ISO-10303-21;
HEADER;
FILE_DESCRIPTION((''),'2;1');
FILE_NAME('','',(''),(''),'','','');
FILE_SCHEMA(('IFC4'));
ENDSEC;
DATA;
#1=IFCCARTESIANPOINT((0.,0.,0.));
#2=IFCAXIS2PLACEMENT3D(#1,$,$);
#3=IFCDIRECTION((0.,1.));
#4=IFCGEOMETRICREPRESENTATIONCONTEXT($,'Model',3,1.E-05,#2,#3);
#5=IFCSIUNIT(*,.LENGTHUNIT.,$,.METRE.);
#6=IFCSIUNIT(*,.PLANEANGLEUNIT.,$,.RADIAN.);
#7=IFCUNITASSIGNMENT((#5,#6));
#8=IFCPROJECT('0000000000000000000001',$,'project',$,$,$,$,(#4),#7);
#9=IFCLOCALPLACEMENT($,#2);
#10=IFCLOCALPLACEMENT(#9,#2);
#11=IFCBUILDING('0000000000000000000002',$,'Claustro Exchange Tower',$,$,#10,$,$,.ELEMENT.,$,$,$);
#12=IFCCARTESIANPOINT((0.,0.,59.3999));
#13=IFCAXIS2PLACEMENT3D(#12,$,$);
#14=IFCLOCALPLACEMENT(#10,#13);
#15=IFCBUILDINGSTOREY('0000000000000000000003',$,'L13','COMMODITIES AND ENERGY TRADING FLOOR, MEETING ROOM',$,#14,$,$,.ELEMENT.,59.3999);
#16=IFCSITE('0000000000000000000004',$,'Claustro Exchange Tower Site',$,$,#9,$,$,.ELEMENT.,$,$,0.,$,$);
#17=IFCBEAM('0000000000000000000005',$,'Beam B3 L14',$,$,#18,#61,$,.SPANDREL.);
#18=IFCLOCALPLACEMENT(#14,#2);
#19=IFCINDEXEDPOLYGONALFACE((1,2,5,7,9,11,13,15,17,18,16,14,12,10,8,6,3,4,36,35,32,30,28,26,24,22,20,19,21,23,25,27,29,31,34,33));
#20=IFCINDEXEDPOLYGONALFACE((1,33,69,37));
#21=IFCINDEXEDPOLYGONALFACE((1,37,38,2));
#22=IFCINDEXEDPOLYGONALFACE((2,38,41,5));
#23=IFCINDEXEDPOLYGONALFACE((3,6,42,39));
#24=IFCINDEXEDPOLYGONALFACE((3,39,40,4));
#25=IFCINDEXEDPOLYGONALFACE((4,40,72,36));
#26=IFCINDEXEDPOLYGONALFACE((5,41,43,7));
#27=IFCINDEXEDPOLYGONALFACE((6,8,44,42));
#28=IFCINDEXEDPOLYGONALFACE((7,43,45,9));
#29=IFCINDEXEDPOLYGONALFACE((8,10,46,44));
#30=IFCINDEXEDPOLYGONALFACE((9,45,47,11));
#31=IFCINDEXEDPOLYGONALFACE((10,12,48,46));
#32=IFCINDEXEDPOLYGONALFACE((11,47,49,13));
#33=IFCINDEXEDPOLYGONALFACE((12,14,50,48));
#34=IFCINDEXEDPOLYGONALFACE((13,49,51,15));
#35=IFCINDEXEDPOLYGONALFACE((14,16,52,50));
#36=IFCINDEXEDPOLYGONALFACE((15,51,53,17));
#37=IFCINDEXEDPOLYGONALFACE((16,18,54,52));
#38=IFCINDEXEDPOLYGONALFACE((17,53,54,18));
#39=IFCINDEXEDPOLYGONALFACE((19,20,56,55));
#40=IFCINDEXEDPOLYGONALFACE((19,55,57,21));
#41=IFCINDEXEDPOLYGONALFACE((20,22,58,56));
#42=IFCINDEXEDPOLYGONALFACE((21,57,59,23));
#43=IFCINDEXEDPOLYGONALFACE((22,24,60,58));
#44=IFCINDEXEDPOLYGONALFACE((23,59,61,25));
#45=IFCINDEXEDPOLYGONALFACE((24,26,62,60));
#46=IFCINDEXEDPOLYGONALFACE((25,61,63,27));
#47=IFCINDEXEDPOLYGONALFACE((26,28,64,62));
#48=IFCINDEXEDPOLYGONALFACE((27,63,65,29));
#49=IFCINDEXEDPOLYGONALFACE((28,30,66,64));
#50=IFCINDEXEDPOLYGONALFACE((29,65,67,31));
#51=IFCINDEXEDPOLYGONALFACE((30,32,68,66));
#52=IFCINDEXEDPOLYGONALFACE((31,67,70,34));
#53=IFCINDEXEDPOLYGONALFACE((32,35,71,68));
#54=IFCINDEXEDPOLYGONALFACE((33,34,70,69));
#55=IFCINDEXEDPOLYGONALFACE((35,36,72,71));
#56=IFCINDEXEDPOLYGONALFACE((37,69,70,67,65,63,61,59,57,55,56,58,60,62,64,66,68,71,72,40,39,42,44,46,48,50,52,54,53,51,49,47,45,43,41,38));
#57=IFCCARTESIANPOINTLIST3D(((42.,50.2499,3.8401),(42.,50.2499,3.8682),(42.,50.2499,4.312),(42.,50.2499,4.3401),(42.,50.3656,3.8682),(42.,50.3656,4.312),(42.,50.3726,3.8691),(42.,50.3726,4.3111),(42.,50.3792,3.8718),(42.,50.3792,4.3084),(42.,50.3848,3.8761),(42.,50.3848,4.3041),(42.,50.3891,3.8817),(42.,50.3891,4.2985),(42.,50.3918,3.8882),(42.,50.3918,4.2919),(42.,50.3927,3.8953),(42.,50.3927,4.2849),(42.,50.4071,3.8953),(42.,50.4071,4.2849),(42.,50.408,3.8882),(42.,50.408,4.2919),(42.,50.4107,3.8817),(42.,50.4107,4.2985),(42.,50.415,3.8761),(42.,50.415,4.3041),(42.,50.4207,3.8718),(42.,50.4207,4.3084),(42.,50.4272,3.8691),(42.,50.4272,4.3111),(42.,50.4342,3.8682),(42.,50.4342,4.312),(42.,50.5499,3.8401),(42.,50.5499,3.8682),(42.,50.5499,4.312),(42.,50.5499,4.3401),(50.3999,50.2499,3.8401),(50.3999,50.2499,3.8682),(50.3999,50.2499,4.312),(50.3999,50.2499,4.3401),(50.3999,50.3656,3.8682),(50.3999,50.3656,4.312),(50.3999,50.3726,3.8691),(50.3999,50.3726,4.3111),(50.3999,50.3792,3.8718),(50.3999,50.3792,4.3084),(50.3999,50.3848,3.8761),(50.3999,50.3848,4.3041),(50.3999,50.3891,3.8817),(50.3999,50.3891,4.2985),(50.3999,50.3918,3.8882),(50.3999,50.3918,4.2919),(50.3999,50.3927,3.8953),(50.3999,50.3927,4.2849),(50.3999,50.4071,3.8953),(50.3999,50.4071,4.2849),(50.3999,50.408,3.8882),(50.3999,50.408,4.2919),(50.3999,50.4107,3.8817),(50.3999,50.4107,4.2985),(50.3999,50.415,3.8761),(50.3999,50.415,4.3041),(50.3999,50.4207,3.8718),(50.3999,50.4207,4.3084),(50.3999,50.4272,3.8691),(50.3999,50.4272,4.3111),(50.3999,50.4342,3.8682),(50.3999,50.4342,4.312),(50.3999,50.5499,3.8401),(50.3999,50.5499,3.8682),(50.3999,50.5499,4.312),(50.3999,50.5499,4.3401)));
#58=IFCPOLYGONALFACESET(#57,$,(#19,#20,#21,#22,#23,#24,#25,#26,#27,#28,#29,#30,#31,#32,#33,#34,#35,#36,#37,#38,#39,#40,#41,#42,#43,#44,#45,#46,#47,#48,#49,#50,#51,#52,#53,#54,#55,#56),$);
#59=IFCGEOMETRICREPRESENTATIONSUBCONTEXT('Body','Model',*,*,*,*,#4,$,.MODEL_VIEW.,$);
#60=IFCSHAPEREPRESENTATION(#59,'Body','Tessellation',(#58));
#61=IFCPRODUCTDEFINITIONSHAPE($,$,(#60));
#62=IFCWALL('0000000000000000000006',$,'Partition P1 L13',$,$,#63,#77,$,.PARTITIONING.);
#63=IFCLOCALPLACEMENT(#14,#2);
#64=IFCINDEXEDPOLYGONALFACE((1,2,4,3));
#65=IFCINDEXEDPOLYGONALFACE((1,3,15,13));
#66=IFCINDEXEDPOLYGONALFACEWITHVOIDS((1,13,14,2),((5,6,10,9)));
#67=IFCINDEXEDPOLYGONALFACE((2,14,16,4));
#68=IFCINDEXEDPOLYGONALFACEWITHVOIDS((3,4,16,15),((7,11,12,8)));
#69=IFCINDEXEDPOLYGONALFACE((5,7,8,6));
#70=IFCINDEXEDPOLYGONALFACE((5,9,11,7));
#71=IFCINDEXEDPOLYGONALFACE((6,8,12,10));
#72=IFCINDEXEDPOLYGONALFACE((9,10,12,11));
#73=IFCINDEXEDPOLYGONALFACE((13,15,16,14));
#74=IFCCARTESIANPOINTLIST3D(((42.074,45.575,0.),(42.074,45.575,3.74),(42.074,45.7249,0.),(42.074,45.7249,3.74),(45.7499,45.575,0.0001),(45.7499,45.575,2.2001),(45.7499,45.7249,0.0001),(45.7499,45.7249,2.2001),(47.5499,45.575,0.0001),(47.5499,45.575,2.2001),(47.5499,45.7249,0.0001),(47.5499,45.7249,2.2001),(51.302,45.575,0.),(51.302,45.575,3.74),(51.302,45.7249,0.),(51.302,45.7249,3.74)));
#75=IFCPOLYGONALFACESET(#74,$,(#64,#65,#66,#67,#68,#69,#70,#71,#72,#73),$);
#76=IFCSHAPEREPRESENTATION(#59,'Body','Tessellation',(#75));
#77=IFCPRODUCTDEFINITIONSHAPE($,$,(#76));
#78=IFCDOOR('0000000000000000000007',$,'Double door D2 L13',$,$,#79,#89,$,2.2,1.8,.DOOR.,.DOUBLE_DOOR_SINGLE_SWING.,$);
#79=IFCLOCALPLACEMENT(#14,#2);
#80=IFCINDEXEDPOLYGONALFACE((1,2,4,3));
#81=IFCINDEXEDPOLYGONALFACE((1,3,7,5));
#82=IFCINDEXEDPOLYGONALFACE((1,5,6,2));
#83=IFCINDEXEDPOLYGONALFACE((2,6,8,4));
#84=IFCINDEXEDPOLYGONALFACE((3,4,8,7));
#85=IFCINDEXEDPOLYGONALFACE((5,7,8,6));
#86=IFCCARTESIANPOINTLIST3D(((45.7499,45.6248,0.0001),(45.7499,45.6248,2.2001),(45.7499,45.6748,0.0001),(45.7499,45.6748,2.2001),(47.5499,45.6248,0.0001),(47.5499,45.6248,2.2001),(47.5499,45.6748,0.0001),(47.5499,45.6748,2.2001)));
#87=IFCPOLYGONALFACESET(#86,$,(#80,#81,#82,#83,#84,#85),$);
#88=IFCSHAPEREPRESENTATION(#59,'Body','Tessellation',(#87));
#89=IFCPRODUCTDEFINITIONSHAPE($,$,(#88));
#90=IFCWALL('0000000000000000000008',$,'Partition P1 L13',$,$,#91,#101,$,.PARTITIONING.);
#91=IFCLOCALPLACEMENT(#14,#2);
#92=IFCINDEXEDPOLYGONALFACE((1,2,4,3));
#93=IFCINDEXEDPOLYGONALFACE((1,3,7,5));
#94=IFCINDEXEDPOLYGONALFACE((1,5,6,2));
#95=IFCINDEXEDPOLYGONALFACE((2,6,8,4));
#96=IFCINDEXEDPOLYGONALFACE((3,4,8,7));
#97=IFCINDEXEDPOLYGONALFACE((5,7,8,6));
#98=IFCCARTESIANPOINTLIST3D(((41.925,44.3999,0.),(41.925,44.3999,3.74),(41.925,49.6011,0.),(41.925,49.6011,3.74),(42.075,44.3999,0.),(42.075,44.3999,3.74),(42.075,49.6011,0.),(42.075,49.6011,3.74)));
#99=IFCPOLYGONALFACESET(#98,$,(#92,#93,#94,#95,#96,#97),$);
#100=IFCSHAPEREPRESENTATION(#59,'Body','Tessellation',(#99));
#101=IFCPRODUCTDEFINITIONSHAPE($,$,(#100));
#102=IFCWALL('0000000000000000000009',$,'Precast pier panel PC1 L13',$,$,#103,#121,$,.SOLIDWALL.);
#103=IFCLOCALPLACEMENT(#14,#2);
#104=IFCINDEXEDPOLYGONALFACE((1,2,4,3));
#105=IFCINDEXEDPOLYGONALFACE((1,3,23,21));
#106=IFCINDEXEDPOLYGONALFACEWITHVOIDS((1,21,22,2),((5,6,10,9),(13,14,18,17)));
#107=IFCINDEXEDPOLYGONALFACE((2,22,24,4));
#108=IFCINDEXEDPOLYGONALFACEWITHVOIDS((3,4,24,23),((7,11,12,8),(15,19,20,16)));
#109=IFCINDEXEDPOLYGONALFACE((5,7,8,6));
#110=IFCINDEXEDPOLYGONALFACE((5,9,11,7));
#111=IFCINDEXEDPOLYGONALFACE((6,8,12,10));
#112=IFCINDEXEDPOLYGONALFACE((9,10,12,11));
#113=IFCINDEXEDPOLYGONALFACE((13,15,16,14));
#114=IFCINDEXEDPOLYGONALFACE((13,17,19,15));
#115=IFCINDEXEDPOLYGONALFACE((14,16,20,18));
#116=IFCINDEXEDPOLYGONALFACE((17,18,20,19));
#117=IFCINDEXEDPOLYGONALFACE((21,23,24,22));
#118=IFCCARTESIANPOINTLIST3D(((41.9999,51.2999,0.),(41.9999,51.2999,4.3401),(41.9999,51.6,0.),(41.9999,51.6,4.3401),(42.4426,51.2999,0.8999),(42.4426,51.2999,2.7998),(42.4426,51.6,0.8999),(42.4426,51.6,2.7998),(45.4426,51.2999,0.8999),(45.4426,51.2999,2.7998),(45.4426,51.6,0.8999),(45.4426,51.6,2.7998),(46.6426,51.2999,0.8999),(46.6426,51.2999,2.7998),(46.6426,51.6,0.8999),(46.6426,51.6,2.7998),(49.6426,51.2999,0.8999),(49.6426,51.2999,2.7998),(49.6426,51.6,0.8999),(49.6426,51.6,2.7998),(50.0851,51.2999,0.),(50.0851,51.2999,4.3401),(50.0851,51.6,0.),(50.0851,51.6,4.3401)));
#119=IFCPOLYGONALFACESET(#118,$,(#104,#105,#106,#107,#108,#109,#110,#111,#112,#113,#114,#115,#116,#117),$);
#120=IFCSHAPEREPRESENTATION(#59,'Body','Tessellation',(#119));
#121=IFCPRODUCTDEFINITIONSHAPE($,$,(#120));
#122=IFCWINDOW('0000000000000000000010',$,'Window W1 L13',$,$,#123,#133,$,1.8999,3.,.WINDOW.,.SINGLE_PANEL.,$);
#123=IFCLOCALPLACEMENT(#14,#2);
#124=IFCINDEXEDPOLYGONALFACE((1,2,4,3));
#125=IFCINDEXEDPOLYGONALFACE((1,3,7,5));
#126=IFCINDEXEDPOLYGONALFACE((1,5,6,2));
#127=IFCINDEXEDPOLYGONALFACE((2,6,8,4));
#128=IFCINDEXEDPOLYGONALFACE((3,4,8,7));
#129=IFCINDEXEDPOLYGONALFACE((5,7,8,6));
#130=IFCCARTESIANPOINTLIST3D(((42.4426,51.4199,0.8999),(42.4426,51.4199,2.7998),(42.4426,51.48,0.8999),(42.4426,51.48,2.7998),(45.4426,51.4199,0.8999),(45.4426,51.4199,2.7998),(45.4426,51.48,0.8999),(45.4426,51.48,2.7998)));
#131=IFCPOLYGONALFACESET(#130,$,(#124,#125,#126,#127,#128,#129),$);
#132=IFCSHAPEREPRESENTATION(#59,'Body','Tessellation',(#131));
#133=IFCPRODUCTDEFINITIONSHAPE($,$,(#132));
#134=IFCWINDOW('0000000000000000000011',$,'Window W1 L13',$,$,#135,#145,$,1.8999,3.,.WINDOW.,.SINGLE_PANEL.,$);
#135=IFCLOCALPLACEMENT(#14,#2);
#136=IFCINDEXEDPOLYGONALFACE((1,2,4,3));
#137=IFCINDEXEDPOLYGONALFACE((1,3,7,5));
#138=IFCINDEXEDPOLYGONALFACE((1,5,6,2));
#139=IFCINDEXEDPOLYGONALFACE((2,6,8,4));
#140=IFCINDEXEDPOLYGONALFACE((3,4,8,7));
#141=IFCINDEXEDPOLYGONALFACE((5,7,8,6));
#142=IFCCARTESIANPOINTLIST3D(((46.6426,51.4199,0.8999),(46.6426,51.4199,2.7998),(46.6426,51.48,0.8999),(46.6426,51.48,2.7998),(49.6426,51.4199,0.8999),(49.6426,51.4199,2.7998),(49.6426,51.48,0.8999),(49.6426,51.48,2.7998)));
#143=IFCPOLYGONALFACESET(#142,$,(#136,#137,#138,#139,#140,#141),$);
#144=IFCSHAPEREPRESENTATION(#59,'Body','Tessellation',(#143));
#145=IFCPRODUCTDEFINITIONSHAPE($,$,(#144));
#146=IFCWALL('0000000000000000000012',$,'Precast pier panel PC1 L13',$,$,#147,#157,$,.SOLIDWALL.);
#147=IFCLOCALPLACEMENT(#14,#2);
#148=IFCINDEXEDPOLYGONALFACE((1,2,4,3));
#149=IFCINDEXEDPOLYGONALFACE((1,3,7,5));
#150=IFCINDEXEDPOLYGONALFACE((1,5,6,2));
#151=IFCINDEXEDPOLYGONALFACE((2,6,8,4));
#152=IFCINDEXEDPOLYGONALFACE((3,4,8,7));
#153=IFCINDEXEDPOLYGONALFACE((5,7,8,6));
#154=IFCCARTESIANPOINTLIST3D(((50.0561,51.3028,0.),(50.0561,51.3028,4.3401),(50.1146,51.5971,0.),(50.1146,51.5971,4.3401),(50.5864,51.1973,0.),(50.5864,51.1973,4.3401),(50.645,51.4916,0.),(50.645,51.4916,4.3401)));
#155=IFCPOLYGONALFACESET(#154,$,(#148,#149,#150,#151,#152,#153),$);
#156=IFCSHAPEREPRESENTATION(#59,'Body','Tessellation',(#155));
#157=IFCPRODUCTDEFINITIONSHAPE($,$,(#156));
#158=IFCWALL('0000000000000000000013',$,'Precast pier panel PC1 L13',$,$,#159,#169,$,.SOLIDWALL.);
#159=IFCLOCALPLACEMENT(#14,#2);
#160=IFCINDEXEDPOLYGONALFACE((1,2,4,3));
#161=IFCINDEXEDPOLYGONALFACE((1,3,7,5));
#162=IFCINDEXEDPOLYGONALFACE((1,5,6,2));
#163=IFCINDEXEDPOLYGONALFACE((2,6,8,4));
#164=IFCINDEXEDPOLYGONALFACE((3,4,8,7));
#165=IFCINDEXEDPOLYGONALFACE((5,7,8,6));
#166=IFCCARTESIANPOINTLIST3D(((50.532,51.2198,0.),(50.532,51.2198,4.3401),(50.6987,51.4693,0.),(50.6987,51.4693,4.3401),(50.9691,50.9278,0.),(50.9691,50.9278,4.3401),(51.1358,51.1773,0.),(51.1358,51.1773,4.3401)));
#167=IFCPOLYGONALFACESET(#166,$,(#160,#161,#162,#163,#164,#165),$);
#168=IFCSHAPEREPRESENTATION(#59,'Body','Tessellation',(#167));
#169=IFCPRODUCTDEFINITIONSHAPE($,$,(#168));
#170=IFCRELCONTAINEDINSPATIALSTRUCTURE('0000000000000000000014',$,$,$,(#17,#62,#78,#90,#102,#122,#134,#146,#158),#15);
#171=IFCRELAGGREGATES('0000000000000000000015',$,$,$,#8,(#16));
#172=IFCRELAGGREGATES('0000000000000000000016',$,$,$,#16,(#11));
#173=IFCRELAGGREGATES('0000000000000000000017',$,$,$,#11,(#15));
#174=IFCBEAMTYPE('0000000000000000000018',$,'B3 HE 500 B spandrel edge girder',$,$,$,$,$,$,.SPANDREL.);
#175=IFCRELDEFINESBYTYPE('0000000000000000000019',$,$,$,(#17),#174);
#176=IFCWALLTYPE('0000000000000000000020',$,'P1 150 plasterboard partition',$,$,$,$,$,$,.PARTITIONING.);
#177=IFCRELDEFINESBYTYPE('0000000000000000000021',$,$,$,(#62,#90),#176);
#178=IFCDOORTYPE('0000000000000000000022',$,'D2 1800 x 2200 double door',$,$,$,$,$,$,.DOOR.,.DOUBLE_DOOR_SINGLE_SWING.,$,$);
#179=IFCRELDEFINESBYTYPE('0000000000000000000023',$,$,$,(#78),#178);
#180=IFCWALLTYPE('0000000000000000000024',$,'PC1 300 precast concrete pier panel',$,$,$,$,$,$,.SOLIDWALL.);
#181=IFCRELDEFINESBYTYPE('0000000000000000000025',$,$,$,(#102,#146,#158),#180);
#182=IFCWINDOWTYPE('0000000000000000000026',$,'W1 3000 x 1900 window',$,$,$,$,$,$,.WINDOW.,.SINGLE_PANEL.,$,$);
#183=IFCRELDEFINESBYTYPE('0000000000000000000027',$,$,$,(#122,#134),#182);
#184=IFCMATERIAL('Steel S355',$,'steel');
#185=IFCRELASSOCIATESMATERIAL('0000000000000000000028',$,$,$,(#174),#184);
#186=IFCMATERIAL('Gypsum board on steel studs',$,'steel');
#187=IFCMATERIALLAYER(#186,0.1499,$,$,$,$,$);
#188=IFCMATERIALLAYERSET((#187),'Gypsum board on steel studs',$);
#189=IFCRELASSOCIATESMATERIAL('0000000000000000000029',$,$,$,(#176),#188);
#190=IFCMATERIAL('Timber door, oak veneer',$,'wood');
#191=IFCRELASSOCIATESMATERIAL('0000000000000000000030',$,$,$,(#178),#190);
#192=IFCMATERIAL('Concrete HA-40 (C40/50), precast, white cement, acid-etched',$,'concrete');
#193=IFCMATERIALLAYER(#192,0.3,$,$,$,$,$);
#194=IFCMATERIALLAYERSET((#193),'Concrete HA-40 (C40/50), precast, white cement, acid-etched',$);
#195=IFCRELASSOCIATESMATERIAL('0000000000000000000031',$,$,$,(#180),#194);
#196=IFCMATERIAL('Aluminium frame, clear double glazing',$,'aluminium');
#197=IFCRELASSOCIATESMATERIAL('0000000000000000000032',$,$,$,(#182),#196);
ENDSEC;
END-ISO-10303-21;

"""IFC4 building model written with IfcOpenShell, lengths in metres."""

from ifc_helpers import new_model, si_unit, direction, frame, frame_2d, origin, origin_2d, place, context, subcontext, project, spatial, rectangle, i_section, extrude, material, layer, layer_set, material_profile, profile_set, type_object, element, fill, save


model = new_model("IFC4")

# Units and contexts
model_context = context("Model", 3, precision=1e-05, world=origin(), true_north=direction((0.0, 1.0)))
body_context = subcontext(model_context, "Body", "Model", "MODEL_VIEW")
ifc_project = project(units=[si_unit("LENGTHUNIT", "METRE"), si_unit("PLANEANGLEUNIT", "RADIAN")], contexts=[model_context])

# Site, building, storey
site_placement = place(None, origin())
site = spatial("IfcSite", under=ifc_project, at=site_placement, Name="Claustro Exchange Tower Site", CompositionType="ELEMENT", RefElevation=0.0)
building_placement = place(site_placement, origin())
building = spatial("IfcBuilding", under=site, at=building_placement, Name="Claustro Exchange Tower", CompositionType="ELEMENT")
storey_placement = place(building_placement, frame((0.0, 0.0, 59.3999)))
storey = spatial("IfcBuildingStorey", under=building, at=storey_placement, Name="L13", Description="COMMODITIES AND ENERGY TRADING FLOOR, MEETING ROOM", CompositionType="ELEMENT", Elevation=59.3999)

# Beam
ifc_material_1 = material(Name="Steel S355", Category="steel")
ifc_material_profile_1 = material_profile(ifc_material_1, i_section(OverallWidth=0.3, OverallDepth=0.5, WebThickness=0.0144, FlangeThickness=0.0281, FilletRadius=0.0271, at=origin_2d()), Name="HE 500 B")
ifc_profile_set_1 = profile_set([ifc_material_profile_1], Name="Steel S355")
beam_type_1 = type_object("IfcBeamType", Name="B3 HE 500 B spandrel edge girder", PredefinedType="SPANDREL", material=ifc_profile_set_1)
for number, where, z_axis, x_axis, name in (
    (1, (42.0, 50.3999, 4.0901), (1.0, 0.0, 0.0), (0.0, 1.0, 0.0), "Beam B3 L14"),
):
    element("IfcBeam", number, at=place(storey_placement, frame(where, z_axis=z_axis, x_axis=x_axis)), inside=storey, type_object=beam_type_1, Name=name, PredefinedType="SPANDREL", context=body_context, shape_type="SweptSolid", body=[
        extrude(i_section(OverallWidth=0.3, OverallDepth=0.5, WebThickness=0.0144, FlangeThickness=0.0281, FilletRadius=0.0271, at=origin_2d()), origin(), (0.0, 0.0, 1.0), 8.3999),
    ])

# Wall, opening, door
ifc_material_2 = material(Name="Gypsum board on steel studs", Category="steel")
ifc_layer_1 = layer(ifc_material_2, 0.1499)
ifc_layer_set_1 = layer_set([ifc_layer_1], Name="Gypsum board on steel studs")
wall_type_1 = type_object("IfcWallType", Name="P1 150 plasterboard partition", PredefinedType="PARTITIONING", material=ifc_layer_set_1)
wall_1_placement = place(storey_placement, frame((42.074, 45.6499, 0.0), z_axis=(0.0, 0.0, 1.0), x_axis=(1.0, 0.0, 0.0)))
wall_1 = element("IfcWall", 2, at=wall_1_placement, inside=storey, type_object=wall_type_1, Name="Partition P1 L13", PredefinedType="PARTITIONING", context=body_context, shape_type="SweptSolid", body=[
    extrude(rectangle(XDim=9.228, YDim=0.1499, at=frame_2d((4.614, 0.0))), origin(), (0.0, 0.0, 1.0), 3.74),
])
opening_1_placement = place(wall_1_placement, frame((3.676, 0.0, 0.0)))
opening_1 = element("IfcOpeningElement", 3, at=opening_1_placement, cuts=wall_1, PredefinedType="OPENING", context=body_context, shape_type="SweptSolid", body=[
    extrude(rectangle(XDim=1.8, YDim=2.2, at=frame_2d((0.8999, 1.1001))), frame((0.0, 0.085, 0.0), z_axis=(0.0, -1.0, 0.0), x_axis=(1.0, 0.0, 0.0)), (0.0, 0.0, 1.0), 0.1699),
])
ifc_material_3 = material(Name="Timber door, oak veneer", Category="wood")
door_type = type_object("IfcDoorType", Name="D2 1800 x 2200 double door", OperationType="DOUBLE_DOOR_SINGLE_SWING", PredefinedType="DOOR", material=ifc_material_3)
door_placement = place(opening_1_placement, origin())
door = element("IfcDoor", 4, at=door_placement, inside=storey, type_object=door_type, Name="Double door D2 L13", OperationType="DOUBLE_DOOR_SINGLE_SWING", OverallHeight=2.2, OverallWidth=1.8, PredefinedType="DOOR", context=body_context, shape_type="SweptSolid", body=[
    extrude(rectangle(XDim=1.8, YDim=2.2, at=frame_2d((0.8999, 1.1001))), frame((0.0, 0.0249, 0.0), z_axis=(0.0, -1.0, 0.0), x_axis=(1.0, 0.0, 0.0)), (0.0, 0.0, 1.0), 0.05),
])
fill(opening_1, door)

# Wall
wall_2_placement = place(storey_placement, frame((42.0, 44.3999, 0.0), z_axis=(0.0, 0.0, 1.0), x_axis=(0.0, 1.0, 0.0)))
element("IfcWall", 5, at=wall_2_placement, inside=storey, type_object=wall_type_1, Name="Partition P1 L13", PredefinedType="PARTITIONING", context=body_context, shape_type="SweptSolid", body=[
    extrude(rectangle(XDim=5.2012, YDim=0.1499, at=frame_2d((2.6006, 0.0))), origin(), (0.0, 0.0, 1.0), 3.74),
])

# Wall, openings, windows
ifc_material_4 = material(Name="Concrete HA-40 (C40/50), precast, white cement, acid-etched", Category="concrete")
ifc_layer_2 = layer(ifc_material_4, 0.3)
ifc_layer_set_2 = layer_set([ifc_layer_2], Name="Concrete HA-40 (C40/50), precast, white cement, acid-etched")
wall_type_2 = type_object("IfcWallType", Name="PC1 300 precast concrete pier panel", PredefinedType="SOLIDWALL", material=ifc_layer_set_2)
wall_3_placement = place(storey_placement, frame((42.0, 51.45, 0.0), z_axis=(0.0, 0.0, 1.0), x_axis=(1.0, 0.0, 0.0)))
wall_3 = element("IfcWall", 6, at=wall_3_placement, inside=storey, type_object=wall_type_2, Name="Precast pier panel PC1 L13", PredefinedType="SOLIDWALL", context=body_context, shape_type="SweptSolid", body=[
    extrude(rectangle(XDim=8.0852, YDim=0.3, at=frame_2d((4.0425, 0.0))), origin(), (0.0, 0.0, 1.0), 4.3401),
])
opening_2_placement = place(wall_3_placement, frame((0.4426, 0.0, 0.8999)))
opening_2 = element("IfcOpeningElement", 7, at=opening_2_placement, cuts=wall_3, PredefinedType="OPENING", context=body_context, shape_type="SweptSolid", body=[
    extrude(rectangle(XDim=3.0, YDim=1.8999, at=frame_2d((1.5, 0.95))), frame((0.0, 0.1599, 0.0), z_axis=(0.0, -1.0, 0.0), x_axis=(1.0, 0.0, 0.0)), (0.0, 0.0, 1.0), 0.3201),
])
opening_3_placement = place(wall_3_placement, frame((4.6426, 0.0, 0.8999)))
opening_3 = element("IfcOpeningElement", 8, at=opening_3_placement, cuts=wall_3, PredefinedType="OPENING", context=body_context, shape_type="SweptSolid", body=[
    extrude(rectangle(XDim=3.0, YDim=1.8999, at=frame_2d((1.5, 0.95))), frame((0.0, 0.1599, 0.0), z_axis=(0.0, -1.0, 0.0), x_axis=(1.0, 0.0, 0.0)), (0.0, 0.0, 1.0), 0.3201),
])
ifc_material_5 = material(Name="Aluminium frame, clear double glazing", Category="aluminium")
window_type_1 = type_object("IfcWindowType", Name="W1 3000 x 1900 window", PartitioningType="SINGLE_PANEL", PredefinedType="WINDOW", material=ifc_material_5)
window_1_placement = place(opening_2_placement, origin())
window_1 = element("IfcWindow", 9, at=window_1_placement, inside=storey, type_object=window_type_1, Name="Window W1 L13", OverallHeight=1.8999, OverallWidth=3.0, PartitioningType="SINGLE_PANEL", PredefinedType="WINDOW", context=body_context, shape_type="SweptSolid", body=[
    extrude(rectangle(XDim=3.0, YDim=1.8999, at=frame_2d((1.5, 0.95))), frame((0.0, 0.03, 0.0), z_axis=(0.0, -1.0, 0.0), x_axis=(1.0, 0.0, 0.0)), (0.0, 0.0, 1.0), 0.0601),
])
fill(opening_2, window_1)
window_2_placement = place(opening_3_placement, origin())
window_2 = element("IfcWindow", 10, at=window_2_placement, inside=storey, type_object=window_type_1, Name="Window W1 L13", OverallHeight=1.8999, OverallWidth=3.0, PartitioningType="SINGLE_PANEL", PredefinedType="WINDOW", context=body_context, shape_type="SweptSolid", body=[
    extrude(rectangle(XDim=3.0, YDim=1.8999, at=frame_2d((1.5, 0.95))), frame((0.0, 0.03, 0.0), z_axis=(0.0, -1.0, 0.0), x_axis=(1.0, 0.0, 0.0)), (0.0, 0.0, 1.0), 0.0601),
])
fill(opening_3, window_2)

# Walls
wall_4_placement = place(storey_placement, frame((50.0852, 51.45, 0.0), z_axis=(0.0, 0.0, 1.0), x_axis=(0.980789, -0.195074, 0.0)))
element("IfcWall", 11, at=wall_4_placement, inside=storey, type_object=wall_type_2, Name="Precast pier panel PC1 L13", PredefinedType="SOLIDWALL", context=body_context, shape_type="SweptSolid", body=[
    extrude(rectangle(XDim=0.5408, YDim=0.3, at=frame_2d((0.2705, 0.0))), origin(), (0.0, 0.0, 1.0), 4.3401),
])
for number, where, z_axis, x_axis, name in (
    (12, (50.6155, 51.3445, 0.0), (0.0, 0.0, 1.0), (0.831478, -0.555557, 0.0), "Precast pier panel PC1 L13"),
):
    element("IfcWall", number, at=place(storey_placement, frame(where, z_axis=z_axis, x_axis=x_axis)), inside=storey, type_object=wall_type_2, Name=name, PredefinedType="SOLIDWALL", context=body_context, shape_type="SweptSolid", body=[
        extrude(rectangle(XDim=0.5256, YDim=0.3, at=frame_2d((0.2627, 0.0))), origin(), (0.0, 0.0, 1.0), 4.3401),
    ])

save(model, "model.ifc")
